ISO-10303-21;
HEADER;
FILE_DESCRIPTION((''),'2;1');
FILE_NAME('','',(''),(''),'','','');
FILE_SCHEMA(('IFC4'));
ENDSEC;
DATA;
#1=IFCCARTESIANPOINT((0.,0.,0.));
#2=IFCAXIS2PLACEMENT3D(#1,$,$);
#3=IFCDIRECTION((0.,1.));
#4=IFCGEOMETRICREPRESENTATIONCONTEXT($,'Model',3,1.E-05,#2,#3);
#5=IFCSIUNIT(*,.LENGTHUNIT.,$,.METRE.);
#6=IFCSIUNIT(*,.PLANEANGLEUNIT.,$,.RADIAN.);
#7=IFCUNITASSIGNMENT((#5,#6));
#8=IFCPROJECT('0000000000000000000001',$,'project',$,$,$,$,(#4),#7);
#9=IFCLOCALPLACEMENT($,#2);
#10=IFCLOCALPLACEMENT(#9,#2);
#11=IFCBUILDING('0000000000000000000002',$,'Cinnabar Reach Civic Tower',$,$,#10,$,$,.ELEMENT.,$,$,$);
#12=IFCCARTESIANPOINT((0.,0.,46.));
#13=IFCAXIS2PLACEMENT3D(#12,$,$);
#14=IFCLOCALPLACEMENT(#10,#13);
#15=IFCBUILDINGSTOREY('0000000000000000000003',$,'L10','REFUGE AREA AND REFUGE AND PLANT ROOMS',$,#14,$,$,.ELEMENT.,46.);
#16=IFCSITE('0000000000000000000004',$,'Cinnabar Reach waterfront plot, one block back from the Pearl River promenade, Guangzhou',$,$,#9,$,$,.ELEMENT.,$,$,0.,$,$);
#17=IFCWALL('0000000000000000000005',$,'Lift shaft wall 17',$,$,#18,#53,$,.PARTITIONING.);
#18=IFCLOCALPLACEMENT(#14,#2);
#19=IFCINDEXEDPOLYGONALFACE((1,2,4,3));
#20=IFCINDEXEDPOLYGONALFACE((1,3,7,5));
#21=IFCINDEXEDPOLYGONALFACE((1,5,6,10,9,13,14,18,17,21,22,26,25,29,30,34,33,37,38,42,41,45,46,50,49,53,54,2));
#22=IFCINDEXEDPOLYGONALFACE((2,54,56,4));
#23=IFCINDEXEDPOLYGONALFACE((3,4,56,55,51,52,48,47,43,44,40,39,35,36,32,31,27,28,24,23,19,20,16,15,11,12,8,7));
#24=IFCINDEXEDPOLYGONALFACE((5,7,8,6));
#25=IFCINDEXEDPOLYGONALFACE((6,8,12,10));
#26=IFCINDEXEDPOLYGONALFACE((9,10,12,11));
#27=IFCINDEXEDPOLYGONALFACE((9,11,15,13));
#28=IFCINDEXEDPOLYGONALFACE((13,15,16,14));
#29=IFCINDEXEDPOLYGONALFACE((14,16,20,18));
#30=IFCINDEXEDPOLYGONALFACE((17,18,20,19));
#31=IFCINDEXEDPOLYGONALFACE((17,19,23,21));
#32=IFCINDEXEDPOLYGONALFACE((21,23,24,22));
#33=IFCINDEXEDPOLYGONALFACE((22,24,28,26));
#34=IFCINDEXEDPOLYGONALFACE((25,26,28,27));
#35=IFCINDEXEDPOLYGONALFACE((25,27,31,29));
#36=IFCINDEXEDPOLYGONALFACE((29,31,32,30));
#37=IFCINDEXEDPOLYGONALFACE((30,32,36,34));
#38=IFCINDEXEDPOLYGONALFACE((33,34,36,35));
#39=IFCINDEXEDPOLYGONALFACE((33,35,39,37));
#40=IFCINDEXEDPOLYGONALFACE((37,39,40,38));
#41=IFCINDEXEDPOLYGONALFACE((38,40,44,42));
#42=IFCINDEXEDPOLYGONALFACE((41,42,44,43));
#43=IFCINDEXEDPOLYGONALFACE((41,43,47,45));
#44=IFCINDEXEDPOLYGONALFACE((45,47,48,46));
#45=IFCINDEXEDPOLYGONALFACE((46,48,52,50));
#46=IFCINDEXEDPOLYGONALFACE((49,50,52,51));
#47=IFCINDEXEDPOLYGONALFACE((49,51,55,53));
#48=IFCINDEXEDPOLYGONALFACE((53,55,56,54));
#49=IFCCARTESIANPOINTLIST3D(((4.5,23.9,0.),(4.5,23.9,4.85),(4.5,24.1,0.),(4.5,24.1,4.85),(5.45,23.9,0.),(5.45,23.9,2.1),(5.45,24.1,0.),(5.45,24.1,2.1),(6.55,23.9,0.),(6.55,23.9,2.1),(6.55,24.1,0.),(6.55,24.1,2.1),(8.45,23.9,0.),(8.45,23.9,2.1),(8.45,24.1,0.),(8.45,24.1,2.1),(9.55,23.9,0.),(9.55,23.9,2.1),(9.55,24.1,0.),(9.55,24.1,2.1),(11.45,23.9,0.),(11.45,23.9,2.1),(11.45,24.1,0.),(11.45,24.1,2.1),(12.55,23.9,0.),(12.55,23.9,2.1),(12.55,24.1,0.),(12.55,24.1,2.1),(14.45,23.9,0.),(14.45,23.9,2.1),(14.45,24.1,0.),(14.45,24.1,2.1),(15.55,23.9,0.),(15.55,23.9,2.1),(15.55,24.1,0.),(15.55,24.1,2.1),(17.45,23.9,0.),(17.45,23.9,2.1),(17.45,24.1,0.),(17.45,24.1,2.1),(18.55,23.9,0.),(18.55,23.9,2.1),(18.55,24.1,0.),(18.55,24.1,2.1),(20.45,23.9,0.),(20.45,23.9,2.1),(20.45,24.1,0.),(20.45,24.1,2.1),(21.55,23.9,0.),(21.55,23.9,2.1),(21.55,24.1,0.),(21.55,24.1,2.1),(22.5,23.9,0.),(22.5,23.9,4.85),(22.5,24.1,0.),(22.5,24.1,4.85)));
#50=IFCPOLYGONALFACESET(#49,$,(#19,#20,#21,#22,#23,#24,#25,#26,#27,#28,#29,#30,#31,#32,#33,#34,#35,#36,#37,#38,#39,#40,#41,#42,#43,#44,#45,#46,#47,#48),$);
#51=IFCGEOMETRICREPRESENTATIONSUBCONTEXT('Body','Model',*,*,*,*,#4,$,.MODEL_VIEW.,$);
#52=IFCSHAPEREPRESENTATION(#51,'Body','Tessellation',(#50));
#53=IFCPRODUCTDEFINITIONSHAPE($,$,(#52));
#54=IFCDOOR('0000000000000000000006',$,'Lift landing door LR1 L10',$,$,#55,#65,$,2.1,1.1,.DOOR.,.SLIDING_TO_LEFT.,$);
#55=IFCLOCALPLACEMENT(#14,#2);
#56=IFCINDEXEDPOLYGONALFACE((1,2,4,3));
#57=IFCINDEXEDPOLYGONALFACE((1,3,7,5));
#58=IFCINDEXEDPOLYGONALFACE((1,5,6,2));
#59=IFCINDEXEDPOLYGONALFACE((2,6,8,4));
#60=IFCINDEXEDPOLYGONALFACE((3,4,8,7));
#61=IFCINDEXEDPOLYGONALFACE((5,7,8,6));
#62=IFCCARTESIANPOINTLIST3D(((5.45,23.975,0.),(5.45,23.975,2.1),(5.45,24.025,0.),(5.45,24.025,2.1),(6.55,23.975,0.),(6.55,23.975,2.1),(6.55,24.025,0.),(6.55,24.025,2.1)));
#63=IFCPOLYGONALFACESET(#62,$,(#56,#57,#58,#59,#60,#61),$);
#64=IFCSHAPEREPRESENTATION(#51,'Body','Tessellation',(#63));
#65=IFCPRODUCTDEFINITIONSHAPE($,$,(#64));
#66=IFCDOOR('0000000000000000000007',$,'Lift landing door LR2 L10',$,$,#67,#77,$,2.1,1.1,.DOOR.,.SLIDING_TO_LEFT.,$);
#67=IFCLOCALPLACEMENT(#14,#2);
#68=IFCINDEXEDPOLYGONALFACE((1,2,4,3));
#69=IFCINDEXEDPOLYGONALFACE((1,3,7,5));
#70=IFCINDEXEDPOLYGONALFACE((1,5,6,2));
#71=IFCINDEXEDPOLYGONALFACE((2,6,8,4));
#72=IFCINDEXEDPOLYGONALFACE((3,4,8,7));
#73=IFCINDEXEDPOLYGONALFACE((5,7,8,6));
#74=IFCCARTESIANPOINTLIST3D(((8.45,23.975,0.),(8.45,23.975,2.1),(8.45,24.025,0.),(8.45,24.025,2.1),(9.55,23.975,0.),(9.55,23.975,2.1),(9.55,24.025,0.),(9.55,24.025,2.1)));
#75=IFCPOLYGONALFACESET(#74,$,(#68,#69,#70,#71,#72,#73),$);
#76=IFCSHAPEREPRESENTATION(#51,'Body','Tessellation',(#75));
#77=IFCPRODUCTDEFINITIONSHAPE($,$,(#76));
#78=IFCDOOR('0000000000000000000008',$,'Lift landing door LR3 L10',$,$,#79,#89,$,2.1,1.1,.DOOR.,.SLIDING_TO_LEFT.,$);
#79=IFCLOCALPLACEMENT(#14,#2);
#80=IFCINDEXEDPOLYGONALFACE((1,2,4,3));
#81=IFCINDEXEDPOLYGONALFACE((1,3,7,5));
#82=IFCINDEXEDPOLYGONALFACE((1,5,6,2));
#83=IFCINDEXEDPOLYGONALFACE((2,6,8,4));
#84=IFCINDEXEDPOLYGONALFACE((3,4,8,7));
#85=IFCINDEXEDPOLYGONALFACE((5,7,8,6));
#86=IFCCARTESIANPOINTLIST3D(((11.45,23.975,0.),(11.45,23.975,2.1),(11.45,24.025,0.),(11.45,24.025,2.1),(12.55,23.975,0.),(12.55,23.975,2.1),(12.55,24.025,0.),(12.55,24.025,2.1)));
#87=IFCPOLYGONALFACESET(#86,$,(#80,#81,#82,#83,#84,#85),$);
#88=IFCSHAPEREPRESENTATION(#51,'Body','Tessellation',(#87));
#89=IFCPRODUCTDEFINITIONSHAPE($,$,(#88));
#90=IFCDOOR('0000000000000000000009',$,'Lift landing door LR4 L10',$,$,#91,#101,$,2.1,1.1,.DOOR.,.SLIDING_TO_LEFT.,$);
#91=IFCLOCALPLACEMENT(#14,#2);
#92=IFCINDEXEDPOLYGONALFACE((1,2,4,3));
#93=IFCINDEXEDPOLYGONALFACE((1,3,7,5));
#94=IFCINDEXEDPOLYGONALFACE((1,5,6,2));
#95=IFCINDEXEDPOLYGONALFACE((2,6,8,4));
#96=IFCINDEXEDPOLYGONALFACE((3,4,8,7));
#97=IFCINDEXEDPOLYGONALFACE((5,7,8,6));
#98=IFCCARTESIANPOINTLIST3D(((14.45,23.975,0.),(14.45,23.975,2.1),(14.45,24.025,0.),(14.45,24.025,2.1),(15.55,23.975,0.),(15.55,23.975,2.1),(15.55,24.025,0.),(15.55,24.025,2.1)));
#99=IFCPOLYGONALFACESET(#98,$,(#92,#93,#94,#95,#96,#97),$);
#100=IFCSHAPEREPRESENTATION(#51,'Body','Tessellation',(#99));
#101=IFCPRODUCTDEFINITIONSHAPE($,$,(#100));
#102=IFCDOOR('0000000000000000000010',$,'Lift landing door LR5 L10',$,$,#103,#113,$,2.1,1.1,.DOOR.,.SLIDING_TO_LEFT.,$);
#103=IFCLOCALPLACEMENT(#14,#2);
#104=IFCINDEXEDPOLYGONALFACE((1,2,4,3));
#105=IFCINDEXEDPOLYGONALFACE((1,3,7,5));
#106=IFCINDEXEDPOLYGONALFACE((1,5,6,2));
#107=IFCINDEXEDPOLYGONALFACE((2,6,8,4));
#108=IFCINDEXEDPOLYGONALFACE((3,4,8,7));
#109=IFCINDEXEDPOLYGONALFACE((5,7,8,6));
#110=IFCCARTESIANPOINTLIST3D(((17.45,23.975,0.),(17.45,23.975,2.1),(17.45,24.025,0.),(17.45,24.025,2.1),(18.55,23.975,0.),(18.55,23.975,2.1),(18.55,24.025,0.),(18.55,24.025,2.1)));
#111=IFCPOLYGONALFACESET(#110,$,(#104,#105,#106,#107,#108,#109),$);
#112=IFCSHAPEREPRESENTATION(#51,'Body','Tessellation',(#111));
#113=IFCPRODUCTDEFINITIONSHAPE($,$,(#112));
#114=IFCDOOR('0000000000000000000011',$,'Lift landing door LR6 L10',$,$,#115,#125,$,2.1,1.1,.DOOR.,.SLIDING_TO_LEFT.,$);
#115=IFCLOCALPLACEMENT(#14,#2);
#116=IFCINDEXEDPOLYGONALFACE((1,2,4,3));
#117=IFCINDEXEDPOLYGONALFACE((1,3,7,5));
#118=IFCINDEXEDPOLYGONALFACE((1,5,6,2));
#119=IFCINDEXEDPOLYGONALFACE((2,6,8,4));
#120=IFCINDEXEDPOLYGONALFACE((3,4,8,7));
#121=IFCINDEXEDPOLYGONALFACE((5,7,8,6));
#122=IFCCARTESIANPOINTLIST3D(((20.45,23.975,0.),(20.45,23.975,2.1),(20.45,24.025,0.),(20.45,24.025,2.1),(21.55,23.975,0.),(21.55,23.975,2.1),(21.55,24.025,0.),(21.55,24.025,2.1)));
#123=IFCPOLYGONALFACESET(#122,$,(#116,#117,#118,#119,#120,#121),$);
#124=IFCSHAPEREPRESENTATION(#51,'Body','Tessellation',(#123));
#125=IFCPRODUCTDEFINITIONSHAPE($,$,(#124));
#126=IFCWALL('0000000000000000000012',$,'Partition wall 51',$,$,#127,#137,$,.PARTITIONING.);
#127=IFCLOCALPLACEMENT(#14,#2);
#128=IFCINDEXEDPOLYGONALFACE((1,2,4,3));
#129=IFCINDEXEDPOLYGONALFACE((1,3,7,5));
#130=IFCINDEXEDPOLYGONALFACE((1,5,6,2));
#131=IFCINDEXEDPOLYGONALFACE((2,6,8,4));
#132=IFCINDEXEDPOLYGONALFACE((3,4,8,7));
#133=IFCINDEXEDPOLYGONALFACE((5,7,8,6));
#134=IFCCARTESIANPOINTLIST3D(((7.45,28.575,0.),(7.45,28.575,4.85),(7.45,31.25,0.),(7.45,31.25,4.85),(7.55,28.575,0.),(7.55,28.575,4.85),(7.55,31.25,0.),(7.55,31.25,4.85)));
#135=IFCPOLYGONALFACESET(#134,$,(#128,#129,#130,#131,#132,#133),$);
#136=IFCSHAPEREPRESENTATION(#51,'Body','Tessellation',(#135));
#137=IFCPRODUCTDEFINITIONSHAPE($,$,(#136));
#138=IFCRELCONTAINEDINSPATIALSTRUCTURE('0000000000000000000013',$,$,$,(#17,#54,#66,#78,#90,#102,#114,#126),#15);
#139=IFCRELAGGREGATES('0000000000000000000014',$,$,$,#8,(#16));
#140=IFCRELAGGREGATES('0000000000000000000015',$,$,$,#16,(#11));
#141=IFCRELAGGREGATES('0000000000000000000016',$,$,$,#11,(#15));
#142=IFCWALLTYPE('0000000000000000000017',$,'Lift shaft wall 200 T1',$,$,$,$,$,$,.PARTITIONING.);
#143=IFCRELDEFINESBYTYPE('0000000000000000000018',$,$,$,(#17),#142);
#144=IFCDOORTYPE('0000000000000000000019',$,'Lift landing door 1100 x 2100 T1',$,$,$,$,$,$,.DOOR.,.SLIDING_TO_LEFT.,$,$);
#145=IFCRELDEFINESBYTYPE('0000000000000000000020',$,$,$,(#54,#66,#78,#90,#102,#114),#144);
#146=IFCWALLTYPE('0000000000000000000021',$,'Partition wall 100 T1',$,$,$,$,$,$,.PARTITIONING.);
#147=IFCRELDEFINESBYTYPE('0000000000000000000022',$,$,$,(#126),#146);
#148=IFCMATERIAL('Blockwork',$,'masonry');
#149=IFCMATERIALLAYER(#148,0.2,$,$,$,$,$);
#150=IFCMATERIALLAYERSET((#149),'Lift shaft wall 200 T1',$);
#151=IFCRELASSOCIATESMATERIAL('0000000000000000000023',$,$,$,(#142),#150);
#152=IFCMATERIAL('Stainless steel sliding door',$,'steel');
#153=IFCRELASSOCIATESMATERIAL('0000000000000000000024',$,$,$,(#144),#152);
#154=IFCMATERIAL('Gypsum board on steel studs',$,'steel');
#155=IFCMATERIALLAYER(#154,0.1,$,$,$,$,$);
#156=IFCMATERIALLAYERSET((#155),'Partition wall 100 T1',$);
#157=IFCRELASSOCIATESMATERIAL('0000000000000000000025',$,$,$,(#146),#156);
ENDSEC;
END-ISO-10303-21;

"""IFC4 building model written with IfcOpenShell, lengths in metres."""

from ifc_helpers import new_model, si_unit, direction, frame, frame_2d, origin, place, context, subcontext, project, spatial, rectangle, extrude, material, layer, layer_set, type_object, element, fill, save


model = new_model("IFC4")

# Units and contexts
model_context = context("Model", 3, precision=1e-05, world=origin(), true_north=direction((0.0, 1.0)))
body_context = subcontext(model_context, "Body", "Model", "MODEL_VIEW")
ifc_project = project(units=[si_unit("LENGTHUNIT", "METRE"), si_unit("PLANEANGLEUNIT", "RADIAN")], contexts=[model_context])

# Site, building, storey
site_placement = place(None, origin())
site = spatial("IfcSite", under=ifc_project, at=site_placement, Name="Cinnabar Reach waterfront plot, one block back from the Pearl River promenade, Guangzhou", CompositionType="ELEMENT", RefElevation=0.0)
building_placement = place(site_placement, origin())
building = spatial("IfcBuilding", under=site, at=building_placement, Name="Cinnabar Reach Civic Tower", CompositionType="ELEMENT")
storey_placement = place(building_placement, frame((0.0, 0.0, 46.0)))
storey = spatial("IfcBuildingStorey", under=building, at=storey_placement, Name="L10", Description="REFUGE AREA AND REFUGE AND PLANT ROOMS", CompositionType="ELEMENT", Elevation=46.0)

# Wall, openings, doors
ifc_material_1 = material(Name="Blockwork", Category="masonry")
ifc_layer_1 = layer(ifc_material_1, 0.2)
ifc_layer_set_1 = layer_set([ifc_layer_1], Name="Lift shaft wall 200 T1")
wall_type_1 = type_object("IfcWallType", Name="Lift shaft wall 200 T1", PredefinedType="PARTITIONING", material=ifc_layer_set_1)
wall_1_placement = place(storey_placement, frame((4.5, 24.0, 0.0), z_axis=(0.0, 0.0, 1.0), x_axis=(1.0, 0.0, 0.0)))
wall_1 = element("IfcWall", 1, at=wall_1_placement, inside=storey, type_object=wall_type_1, Name="Lift shaft wall 17", PredefinedType="PARTITIONING", context=body_context, shape_type="SweptSolid", body=[
    extrude(rectangle(XDim=18.0, YDim=0.2, at=frame_2d((9.0, 0.0))), origin(), (0.0, 0.0, 1.0), 4.85),
])
opening_1_placement = place(wall_1_placement, frame((0.95, 0.0, 0.0)))
opening_1 = element("IfcOpeningElement", 2, at=opening_1_placement, cuts=wall_1, PredefinedType="OPENING", context=body_context, shape_type="SweptSolid", body=[
    extrude(rectangle(XDim=1.1, YDim=2.1, at=frame_2d((0.55, 1.05))), frame((0.0, 0.11, 0.0), z_axis=(0.0, -1.0, 0.0), x_axis=(1.0, 0.0, 0.0)), (0.0, 0.0, 1.0), 0.22),
])
opening_2_placement = place(wall_1_placement, frame((3.95, 0.0, 0.0)))
opening_2 = element("IfcOpeningElement", 3, at=opening_2_placement, cuts=wall_1, PredefinedType="OPENING", context=body_context, shape_type="SweptSolid", body=[
    extrude(rectangle(XDim=1.1, YDim=2.1, at=frame_2d((0.55, 1.05))), frame((0.0, 0.11, 0.0), z_axis=(0.0, -1.0, 0.0), x_axis=(1.0, 0.0, 0.0)), (0.0, 0.0, 1.0), 0.22),
])
opening_3_placement = place(wall_1_placement, frame((6.95, 0.0, 0.0)))
opening_3 = element("IfcOpeningElement", 4, at=opening_3_placement, cuts=wall_1, PredefinedType="OPENING", context=body_context, shape_type="SweptSolid", body=[
    extrude(rectangle(XDim=1.1, YDim=2.1, at=frame_2d((0.55, 1.05))), frame((0.0, 0.11, 0.0), z_axis=(0.0, -1.0, 0.0), x_axis=(1.0, 0.0, 0.0)), (0.0, 0.0, 1.0), 0.22),
])
opening_4_placement = place(wall_1_placement, frame((9.95, 0.0, 0.0)))
opening_4 = element("IfcOpeningElement", 5, at=opening_4_placement, cuts=wall_1, PredefinedType="OPENING", context=body_context, shape_type="SweptSolid", body=[
    extrude(rectangle(XDim=1.1, YDim=2.1, at=frame_2d((0.55, 1.05))), frame((0.0, 0.11, 0.0), z_axis=(0.0, -1.0, 0.0), x_axis=(1.0, 0.0, 0.0)), (0.0, 0.0, 1.0), 0.22),
])
opening_5_placement = place(wall_1_placement, frame((12.95, 0.0, 0.0)))
opening_5 = element("IfcOpeningElement", 6, at=opening_5_placement, cuts=wall_1, PredefinedType="OPENING", context=body_context, shape_type="SweptSolid", body=[
    extrude(rectangle(XDim=1.1, YDim=2.1, at=frame_2d((0.55, 1.05))), frame((0.0, 0.11, 0.0), z_axis=(0.0, -1.0, 0.0), x_axis=(1.0, 0.0, 0.0)), (0.0, 0.0, 1.0), 0.22),
])
opening_6_placement = place(wall_1_placement, frame((15.95, 0.0, 0.0)))
opening_6 = element("IfcOpeningElement", 7, at=opening_6_placement, cuts=wall_1, PredefinedType="OPENING", context=body_context, shape_type="SweptSolid", body=[
    extrude(rectangle(XDim=1.1, YDim=2.1, at=frame_2d((0.55, 1.05))), frame((0.0, 0.11, 0.0), z_axis=(0.0, -1.0, 0.0), x_axis=(1.0, 0.0, 0.0)), (0.0, 0.0, 1.0), 0.22),
])
ifc_material_2 = material(Name="Stainless steel sliding door", Category="steel")
door_type_1 = type_object("IfcDoorType", Name="Lift landing door 1100 x 2100 T1", OperationType="SLIDING_TO_LEFT", PredefinedType="DOOR", material=ifc_material_2)
door_1_placement = place(opening_1_placement, origin())
door_1 = element("IfcDoor", 8, at=door_1_placement, inside=storey, type_object=door_type_1, Name="Lift landing door LR1 L10", OperationType="SLIDING_TO_LEFT", OverallHeight=2.1, OverallWidth=1.1, PredefinedType="DOOR", context=body_context, shape_type="SweptSolid", body=[
    extrude(rectangle(XDim=1.1, YDim=2.1, at=frame_2d((0.55, 1.05))), frame((0.0, 0.025, 0.0), z_axis=(0.0, -1.0, 0.0), x_axis=(1.0, 0.0, 0.0)), (0.0, 0.0, 1.0), 0.05),
])
fill(opening_1, door_1)
door_2_placement = place(opening_2_placement, origin())
door_2 = element("IfcDoor", 9, at=door_2_placement, inside=storey, type_object=door_type_1, Name="Lift landing door LR2 L10", OperationType="SLIDING_TO_LEFT", OverallHeight=2.1, OverallWidth=1.1, PredefinedType="DOOR", context=body_context, shape_type="SweptSolid", body=[
    extrude(rectangle(XDim=1.1, YDim=2.1, at=frame_2d((0.55, 1.05))), frame((0.0, 0.025, 0.0), z_axis=(0.0, -1.0, 0.0), x_axis=(1.0, 0.0, 0.0)), (0.0, 0.0, 1.0), 0.05),
])
fill(opening_2, door_2)
door_3_placement = place(opening_3_placement, origin())
door_3 = element("IfcDoor", 10, at=door_3_placement, inside=storey, type_object=door_type_1, Name="Lift landing door LR3 L10", OperationType="SLIDING_TO_LEFT", OverallHeight=2.1, OverallWidth=1.1, PredefinedType="DOOR", context=body_context, shape_type="SweptSolid", body=[
    extrude(rectangle(XDim=1.1, YDim=2.1, at=frame_2d((0.55, 1.05))), frame((0.0, 0.025, 0.0), z_axis=(0.0, -1.0, 0.0), x_axis=(1.0, 0.0, 0.0)), (0.0, 0.0, 1.0), 0.05),
])
fill(opening_3, door_3)
door_4_placement = place(opening_4_placement, origin())
door_4 = element("IfcDoor", 11, at=door_4_placement, inside=storey, type_object=door_type_1, Name="Lift landing door LR4 L10", OperationType="SLIDING_TO_LEFT", OverallHeight=2.1, OverallWidth=1.1, PredefinedType="DOOR", context=body_context, shape_type="SweptSolid", body=[
    extrude(rectangle(XDim=1.1, YDim=2.1, at=frame_2d((0.55, 1.05))), frame((0.0, 0.025, 0.0), z_axis=(0.0, -1.0, 0.0), x_axis=(1.0, 0.0, 0.0)), (0.0, 0.0, 1.0), 0.05),
])
fill(opening_4, door_4)
door_5_placement = place(opening_5_placement, origin())
door_5 = element("IfcDoor", 12, at=door_5_placement, inside=storey, type_object=door_type_1, Name="Lift landing door LR5 L10", OperationType="SLIDING_TO_LEFT", OverallHeight=2.1, OverallWidth=1.1, PredefinedType="DOOR", context=body_context, shape_type="SweptSolid", body=[
    extrude(rectangle(XDim=1.1, YDim=2.1, at=frame_2d((0.55, 1.05))), frame((0.0, 0.025, 0.0), z_axis=(0.0, -1.0, 0.0), x_axis=(1.0, 0.0, 0.0)), (0.0, 0.0, 1.0), 0.05),
])
fill(opening_5, door_5)
door_6_placement = place(opening_6_placement, origin())
door_6 = element("IfcDoor", 13, at=door_6_placement, inside=storey, type_object=door_type_1, Name="Lift landing door LR6 L10", OperationType="SLIDING_TO_LEFT", OverallHeight=2.1, OverallWidth=1.1, PredefinedType="DOOR", context=body_context, shape_type="SweptSolid", body=[
    extrude(rectangle(XDim=1.1, YDim=2.1, at=frame_2d((0.55, 1.05))), frame((0.0, 0.025, 0.0), z_axis=(0.0, -1.0, 0.0), x_axis=(1.0, 0.0, 0.0)), (0.0, 0.0, 1.0), 0.05),
])
fill(opening_6, door_6)

# Wall
ifc_material_3 = material(Name="Gypsum board on steel studs", Category="steel")
ifc_layer_2 = layer(ifc_material_3, 0.1)
ifc_layer_set_2 = layer_set([ifc_layer_2], Name="Partition wall 100 T1")
wall_type_2 = type_object("IfcWallType", Name="Partition wall 100 T1", PredefinedType="PARTITIONING", material=ifc_layer_set_2)
wall_2_placement = place(storey_placement, frame((7.5, 28.575, 0.0), z_axis=(0.0, 0.0, 1.0), x_axis=(0.0, 1.0, 0.0)))
element("IfcWall", 14, at=wall_2_placement, inside=storey, type_object=wall_type_2, Name="Partition wall 51", PredefinedType="PARTITIONING", context=body_context, shape_type="SweptSolid", body=[
    extrude(rectangle(XDim=2.675, YDim=0.1, at=frame_2d((1.3375, 0.0))), origin(), (0.0, 0.0, 1.0), 4.85),
])

save(model, "model.ifc")
